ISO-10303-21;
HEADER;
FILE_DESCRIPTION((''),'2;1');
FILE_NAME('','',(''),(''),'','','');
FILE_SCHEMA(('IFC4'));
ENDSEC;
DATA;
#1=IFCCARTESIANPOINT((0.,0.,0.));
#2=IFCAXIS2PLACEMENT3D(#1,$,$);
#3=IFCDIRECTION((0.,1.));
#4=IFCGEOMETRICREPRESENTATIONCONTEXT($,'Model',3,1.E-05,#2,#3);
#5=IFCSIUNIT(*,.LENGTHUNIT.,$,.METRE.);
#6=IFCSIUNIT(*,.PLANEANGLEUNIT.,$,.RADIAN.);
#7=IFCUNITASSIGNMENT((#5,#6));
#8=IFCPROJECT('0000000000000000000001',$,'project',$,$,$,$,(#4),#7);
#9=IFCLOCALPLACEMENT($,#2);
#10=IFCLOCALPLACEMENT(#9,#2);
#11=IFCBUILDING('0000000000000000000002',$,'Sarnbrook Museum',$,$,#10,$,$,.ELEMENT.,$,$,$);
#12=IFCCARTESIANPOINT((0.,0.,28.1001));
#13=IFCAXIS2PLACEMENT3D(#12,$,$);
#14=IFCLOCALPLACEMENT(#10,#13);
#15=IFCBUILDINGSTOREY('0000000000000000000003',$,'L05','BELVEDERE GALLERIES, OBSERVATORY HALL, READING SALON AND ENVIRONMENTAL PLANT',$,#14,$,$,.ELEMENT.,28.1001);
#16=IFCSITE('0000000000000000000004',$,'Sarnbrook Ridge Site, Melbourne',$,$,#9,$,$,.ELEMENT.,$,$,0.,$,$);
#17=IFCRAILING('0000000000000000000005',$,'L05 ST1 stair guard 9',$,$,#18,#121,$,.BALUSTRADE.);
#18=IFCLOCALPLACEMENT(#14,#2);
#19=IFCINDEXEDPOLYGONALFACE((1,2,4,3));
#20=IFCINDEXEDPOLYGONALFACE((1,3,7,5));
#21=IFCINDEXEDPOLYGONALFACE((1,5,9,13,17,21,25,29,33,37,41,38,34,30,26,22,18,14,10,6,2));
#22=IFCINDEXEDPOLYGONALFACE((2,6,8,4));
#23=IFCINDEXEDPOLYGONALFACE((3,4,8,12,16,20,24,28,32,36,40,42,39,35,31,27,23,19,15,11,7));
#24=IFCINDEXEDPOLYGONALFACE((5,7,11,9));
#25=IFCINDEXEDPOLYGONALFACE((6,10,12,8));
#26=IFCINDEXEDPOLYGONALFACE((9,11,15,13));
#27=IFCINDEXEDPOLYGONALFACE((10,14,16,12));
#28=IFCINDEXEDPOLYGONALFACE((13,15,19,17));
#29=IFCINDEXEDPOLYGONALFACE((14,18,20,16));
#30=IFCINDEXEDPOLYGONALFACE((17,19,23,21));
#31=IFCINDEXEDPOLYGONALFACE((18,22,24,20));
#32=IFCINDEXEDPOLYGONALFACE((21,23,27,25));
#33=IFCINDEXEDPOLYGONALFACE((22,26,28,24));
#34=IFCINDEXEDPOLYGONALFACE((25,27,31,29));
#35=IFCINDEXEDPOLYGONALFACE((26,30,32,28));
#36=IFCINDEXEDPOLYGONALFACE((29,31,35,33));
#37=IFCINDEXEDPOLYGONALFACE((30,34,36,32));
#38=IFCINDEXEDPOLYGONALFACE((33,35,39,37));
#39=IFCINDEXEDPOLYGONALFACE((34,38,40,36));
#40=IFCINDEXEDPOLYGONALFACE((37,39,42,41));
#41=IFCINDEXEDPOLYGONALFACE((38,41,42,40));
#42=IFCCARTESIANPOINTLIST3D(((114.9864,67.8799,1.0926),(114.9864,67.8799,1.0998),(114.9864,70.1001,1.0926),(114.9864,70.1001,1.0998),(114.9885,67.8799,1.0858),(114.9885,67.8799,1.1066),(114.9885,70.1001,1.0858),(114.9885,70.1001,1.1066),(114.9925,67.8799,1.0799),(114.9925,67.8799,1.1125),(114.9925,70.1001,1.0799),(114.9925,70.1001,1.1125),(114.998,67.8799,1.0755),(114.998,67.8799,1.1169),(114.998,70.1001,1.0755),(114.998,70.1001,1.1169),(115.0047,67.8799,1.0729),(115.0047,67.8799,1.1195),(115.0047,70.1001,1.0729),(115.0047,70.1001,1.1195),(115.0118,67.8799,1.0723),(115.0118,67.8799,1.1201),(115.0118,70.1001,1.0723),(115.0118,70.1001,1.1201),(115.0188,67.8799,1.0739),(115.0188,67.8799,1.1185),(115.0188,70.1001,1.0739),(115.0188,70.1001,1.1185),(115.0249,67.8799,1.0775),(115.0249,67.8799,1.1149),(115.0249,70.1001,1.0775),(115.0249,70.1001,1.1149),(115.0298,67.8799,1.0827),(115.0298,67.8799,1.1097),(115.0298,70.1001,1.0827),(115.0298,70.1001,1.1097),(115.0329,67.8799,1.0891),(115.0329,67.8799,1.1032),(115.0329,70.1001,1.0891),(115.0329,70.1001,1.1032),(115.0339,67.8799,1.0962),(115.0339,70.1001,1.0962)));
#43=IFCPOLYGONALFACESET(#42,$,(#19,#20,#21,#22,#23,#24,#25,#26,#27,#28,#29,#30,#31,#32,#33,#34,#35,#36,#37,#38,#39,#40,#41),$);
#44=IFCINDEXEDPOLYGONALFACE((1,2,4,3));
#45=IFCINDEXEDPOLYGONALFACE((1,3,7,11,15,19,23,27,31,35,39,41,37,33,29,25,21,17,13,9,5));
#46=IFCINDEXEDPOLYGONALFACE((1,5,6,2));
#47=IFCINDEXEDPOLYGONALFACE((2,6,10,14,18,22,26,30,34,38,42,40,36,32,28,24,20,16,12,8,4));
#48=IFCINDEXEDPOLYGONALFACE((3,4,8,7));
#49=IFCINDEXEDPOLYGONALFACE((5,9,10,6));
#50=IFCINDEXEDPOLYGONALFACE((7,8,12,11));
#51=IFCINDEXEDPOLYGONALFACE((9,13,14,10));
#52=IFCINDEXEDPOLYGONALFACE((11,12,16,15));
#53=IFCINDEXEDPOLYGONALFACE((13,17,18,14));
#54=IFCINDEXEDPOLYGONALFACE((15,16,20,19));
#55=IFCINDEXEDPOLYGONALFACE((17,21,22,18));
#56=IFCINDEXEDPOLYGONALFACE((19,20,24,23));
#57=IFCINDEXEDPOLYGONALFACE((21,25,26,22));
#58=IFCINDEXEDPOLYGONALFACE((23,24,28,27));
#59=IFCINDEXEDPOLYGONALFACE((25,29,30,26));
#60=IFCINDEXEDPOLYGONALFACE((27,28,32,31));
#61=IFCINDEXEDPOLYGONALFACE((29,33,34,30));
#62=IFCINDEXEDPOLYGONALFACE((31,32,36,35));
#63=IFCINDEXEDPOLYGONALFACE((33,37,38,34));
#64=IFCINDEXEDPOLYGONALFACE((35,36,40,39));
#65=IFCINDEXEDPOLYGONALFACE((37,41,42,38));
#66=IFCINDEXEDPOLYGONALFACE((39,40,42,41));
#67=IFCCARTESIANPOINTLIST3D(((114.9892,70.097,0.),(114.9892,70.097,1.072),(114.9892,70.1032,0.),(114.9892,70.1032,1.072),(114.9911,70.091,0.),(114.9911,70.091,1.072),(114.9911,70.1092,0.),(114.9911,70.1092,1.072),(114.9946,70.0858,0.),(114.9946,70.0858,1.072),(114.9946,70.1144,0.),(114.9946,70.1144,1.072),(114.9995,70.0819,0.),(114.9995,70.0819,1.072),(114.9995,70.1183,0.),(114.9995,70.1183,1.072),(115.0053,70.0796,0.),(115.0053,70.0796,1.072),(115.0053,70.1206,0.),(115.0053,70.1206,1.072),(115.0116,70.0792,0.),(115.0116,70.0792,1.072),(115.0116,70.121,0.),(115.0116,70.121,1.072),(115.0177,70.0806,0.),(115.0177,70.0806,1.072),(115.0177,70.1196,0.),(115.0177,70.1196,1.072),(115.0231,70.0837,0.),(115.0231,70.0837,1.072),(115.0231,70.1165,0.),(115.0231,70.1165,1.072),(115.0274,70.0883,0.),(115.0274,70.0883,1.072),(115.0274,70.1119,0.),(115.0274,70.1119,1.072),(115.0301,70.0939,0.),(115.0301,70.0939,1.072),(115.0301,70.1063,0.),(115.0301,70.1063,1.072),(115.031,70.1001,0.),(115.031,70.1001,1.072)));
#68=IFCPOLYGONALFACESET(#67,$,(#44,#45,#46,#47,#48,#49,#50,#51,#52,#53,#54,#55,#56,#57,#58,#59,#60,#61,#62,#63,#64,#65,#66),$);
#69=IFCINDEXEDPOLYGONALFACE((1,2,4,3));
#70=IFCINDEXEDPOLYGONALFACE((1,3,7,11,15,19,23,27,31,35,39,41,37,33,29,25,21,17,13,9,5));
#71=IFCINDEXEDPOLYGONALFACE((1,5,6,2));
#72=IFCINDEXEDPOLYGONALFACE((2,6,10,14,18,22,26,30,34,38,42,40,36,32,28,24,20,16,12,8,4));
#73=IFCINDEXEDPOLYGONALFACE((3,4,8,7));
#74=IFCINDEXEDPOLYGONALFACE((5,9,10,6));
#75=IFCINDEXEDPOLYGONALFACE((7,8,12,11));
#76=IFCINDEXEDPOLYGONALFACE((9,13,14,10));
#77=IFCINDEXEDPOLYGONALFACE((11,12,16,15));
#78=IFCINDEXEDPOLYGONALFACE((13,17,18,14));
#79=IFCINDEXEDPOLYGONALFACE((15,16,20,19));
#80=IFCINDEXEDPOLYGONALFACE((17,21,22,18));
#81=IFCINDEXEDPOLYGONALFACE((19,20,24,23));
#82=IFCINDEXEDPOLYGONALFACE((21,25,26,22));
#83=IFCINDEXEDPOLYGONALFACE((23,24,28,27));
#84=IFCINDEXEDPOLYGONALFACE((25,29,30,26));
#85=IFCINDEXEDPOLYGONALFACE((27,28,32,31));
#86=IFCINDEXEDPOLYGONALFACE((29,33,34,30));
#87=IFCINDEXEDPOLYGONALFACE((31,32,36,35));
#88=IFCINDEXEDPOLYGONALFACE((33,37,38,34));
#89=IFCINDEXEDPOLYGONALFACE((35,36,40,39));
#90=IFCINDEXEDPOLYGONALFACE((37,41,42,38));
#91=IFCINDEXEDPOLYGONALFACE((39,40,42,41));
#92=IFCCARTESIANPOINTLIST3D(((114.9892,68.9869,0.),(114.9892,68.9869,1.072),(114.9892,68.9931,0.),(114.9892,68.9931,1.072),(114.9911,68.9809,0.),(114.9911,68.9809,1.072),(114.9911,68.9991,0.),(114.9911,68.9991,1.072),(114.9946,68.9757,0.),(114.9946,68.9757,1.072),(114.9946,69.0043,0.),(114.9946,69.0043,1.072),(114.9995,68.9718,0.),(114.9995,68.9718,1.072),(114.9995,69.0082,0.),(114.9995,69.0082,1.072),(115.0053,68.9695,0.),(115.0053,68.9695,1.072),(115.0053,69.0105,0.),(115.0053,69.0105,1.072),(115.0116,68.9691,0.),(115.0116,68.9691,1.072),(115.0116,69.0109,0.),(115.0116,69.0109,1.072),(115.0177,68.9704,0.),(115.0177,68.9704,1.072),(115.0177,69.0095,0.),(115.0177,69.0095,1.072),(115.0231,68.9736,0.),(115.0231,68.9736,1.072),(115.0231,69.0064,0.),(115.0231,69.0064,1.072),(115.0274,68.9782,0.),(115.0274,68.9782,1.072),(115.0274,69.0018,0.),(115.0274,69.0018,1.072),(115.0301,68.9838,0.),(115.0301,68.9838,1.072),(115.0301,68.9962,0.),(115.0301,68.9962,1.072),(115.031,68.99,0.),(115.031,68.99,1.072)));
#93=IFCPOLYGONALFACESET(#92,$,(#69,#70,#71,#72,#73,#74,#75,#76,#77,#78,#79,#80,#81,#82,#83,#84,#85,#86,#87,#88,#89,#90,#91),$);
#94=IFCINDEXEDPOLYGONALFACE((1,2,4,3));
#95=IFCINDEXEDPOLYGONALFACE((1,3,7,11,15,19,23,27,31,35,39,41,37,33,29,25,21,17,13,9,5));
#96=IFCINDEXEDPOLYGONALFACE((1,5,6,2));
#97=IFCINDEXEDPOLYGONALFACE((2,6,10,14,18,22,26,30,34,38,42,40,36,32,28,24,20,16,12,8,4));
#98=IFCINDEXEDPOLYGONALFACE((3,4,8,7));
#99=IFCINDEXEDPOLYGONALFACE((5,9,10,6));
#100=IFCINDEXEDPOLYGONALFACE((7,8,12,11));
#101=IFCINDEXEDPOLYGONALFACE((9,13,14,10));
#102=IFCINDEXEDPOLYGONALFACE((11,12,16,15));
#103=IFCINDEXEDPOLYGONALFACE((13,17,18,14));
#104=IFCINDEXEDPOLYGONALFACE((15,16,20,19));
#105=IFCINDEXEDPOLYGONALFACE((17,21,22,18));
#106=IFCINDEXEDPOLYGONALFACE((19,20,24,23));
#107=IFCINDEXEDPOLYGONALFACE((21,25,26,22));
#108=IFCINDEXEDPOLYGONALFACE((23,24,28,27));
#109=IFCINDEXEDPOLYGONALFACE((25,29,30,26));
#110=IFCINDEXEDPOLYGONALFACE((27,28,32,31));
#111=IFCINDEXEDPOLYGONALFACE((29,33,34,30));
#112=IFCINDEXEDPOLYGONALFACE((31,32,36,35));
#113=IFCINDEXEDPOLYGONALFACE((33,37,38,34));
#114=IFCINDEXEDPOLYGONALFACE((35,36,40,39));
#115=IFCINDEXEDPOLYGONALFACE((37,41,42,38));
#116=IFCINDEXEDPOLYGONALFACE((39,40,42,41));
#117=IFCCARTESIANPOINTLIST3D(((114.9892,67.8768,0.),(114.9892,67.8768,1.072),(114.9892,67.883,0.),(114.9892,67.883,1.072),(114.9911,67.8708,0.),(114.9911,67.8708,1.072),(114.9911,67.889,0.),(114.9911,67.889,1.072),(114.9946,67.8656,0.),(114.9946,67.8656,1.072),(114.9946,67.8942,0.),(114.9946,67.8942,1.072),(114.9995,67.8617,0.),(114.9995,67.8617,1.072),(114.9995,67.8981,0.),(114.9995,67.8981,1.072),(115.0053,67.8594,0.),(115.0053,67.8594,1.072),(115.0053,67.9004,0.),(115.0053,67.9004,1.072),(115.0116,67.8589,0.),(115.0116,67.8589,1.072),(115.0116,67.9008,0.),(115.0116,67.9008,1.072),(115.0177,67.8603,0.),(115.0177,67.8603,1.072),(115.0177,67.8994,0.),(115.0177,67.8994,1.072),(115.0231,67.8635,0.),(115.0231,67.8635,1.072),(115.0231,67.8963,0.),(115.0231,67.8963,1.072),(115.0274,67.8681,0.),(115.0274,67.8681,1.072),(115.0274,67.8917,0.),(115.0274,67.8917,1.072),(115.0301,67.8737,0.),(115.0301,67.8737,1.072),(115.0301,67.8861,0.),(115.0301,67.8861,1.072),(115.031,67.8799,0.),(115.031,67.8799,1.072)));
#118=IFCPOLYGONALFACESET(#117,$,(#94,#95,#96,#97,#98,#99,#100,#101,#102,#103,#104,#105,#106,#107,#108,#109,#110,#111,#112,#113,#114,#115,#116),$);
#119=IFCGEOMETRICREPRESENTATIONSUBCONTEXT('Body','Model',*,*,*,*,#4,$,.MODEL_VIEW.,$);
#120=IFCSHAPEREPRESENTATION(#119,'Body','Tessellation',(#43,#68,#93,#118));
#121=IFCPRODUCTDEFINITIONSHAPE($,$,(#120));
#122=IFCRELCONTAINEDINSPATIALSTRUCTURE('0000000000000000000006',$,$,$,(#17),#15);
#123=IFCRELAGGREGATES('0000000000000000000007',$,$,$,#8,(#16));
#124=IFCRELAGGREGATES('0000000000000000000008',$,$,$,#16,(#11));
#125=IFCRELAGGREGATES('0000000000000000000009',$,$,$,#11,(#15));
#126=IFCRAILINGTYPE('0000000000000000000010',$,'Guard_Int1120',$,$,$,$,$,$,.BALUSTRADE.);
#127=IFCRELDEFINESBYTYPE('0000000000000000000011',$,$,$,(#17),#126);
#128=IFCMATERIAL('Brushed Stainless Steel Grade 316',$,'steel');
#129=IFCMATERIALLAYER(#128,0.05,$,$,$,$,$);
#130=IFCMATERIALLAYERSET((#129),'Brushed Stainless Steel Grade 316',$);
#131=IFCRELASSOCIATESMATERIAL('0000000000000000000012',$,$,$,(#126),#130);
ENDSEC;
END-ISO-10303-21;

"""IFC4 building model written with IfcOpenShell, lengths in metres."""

from ifc_helpers import new_model, si_unit, direction, frame, origin, origin_2d, place, context, subcontext, project, spatial, circle, extrude, material, layer, layer_set, type_object, element, save


model = new_model("IFC4")

# Units and contexts
model_context = context("Model", 3, precision=1e-05, world=origin(), true_north=direction((0.0, 1.0)))
body_context = subcontext(model_context, "Body", "Model", "MODEL_VIEW")
ifc_project = project(units=[si_unit("LENGTHUNIT", "METRE"), si_unit("PLANEANGLEUNIT", "RADIAN")], contexts=[model_context])

# Site, building, storey
site_placement = place(None, origin())
site = spatial("IfcSite", under=ifc_project, at=site_placement, Name="Sarnbrook Ridge Site, Melbourne", CompositionType="ELEMENT", RefElevation=0.0)
building_placement = place(site_placement, origin())
building = spatial("IfcBuilding", under=site, at=building_placement, Name="Sarnbrook Museum", CompositionType="ELEMENT")
storey_placement = place(building_placement, frame((0.0, 0.0, 28.1001)))
storey = spatial("IfcBuildingStorey", under=building, at=storey_placement, Name="L05", Description="BELVEDERE GALLERIES, OBSERVATORY HALL, READING SALON AND ENVIRONMENTAL PLANT", CompositionType="ELEMENT", Elevation=28.1001)

# Railing
ifc_material_1 = material(Name="Brushed Stainless Steel Grade 316", Category="steel")
ifc_layer_1 = layer(ifc_material_1, 0.05)
ifc_layer_set_1 = layer_set([ifc_layer_1], Name="Brushed Stainless Steel Grade 316")
railing_type = type_object("IfcRailingType", Name="Guard_Int1120", PredefinedType="BALUSTRADE", material=ifc_layer_set_1)
for number, where, name in (
    (1, (115.01, 70.1001, 0.0), "L05 ST1 stair guard 9"),
):
    element("IfcRailing", number, at=place(storey_placement, frame(where)), inside=storey, type_object=railing_type, Name=name, PredefinedType="BALUSTRADE", context=body_context, shape_type="SweptSolid", body=[
        extrude(circle(Radius=0.0239, at=origin_2d()), frame((0.0, 0.0, 1.0962), z_axis=(0.0, -1.0, 0.0), x_axis=(1.0, 0.0, 0.0)), (0.0, 0.0, 1.0), 2.2202),
        extrude(circle(Radius=0.021, at=origin_2d()), origin(), (0.0, 0.0, 1.0), 1.072),
        extrude(circle(Radius=0.021, at=origin_2d()), frame((0.0, -1.1101, 0.0)), (0.0, 0.0, 1.0), 1.072),
        extrude(circle(Radius=0.021, at=origin_2d()), frame((0.0, -2.2202, 0.0)), (0.0, 0.0, 1.0), 1.072),
    ])

save(model, "model.ifc")
